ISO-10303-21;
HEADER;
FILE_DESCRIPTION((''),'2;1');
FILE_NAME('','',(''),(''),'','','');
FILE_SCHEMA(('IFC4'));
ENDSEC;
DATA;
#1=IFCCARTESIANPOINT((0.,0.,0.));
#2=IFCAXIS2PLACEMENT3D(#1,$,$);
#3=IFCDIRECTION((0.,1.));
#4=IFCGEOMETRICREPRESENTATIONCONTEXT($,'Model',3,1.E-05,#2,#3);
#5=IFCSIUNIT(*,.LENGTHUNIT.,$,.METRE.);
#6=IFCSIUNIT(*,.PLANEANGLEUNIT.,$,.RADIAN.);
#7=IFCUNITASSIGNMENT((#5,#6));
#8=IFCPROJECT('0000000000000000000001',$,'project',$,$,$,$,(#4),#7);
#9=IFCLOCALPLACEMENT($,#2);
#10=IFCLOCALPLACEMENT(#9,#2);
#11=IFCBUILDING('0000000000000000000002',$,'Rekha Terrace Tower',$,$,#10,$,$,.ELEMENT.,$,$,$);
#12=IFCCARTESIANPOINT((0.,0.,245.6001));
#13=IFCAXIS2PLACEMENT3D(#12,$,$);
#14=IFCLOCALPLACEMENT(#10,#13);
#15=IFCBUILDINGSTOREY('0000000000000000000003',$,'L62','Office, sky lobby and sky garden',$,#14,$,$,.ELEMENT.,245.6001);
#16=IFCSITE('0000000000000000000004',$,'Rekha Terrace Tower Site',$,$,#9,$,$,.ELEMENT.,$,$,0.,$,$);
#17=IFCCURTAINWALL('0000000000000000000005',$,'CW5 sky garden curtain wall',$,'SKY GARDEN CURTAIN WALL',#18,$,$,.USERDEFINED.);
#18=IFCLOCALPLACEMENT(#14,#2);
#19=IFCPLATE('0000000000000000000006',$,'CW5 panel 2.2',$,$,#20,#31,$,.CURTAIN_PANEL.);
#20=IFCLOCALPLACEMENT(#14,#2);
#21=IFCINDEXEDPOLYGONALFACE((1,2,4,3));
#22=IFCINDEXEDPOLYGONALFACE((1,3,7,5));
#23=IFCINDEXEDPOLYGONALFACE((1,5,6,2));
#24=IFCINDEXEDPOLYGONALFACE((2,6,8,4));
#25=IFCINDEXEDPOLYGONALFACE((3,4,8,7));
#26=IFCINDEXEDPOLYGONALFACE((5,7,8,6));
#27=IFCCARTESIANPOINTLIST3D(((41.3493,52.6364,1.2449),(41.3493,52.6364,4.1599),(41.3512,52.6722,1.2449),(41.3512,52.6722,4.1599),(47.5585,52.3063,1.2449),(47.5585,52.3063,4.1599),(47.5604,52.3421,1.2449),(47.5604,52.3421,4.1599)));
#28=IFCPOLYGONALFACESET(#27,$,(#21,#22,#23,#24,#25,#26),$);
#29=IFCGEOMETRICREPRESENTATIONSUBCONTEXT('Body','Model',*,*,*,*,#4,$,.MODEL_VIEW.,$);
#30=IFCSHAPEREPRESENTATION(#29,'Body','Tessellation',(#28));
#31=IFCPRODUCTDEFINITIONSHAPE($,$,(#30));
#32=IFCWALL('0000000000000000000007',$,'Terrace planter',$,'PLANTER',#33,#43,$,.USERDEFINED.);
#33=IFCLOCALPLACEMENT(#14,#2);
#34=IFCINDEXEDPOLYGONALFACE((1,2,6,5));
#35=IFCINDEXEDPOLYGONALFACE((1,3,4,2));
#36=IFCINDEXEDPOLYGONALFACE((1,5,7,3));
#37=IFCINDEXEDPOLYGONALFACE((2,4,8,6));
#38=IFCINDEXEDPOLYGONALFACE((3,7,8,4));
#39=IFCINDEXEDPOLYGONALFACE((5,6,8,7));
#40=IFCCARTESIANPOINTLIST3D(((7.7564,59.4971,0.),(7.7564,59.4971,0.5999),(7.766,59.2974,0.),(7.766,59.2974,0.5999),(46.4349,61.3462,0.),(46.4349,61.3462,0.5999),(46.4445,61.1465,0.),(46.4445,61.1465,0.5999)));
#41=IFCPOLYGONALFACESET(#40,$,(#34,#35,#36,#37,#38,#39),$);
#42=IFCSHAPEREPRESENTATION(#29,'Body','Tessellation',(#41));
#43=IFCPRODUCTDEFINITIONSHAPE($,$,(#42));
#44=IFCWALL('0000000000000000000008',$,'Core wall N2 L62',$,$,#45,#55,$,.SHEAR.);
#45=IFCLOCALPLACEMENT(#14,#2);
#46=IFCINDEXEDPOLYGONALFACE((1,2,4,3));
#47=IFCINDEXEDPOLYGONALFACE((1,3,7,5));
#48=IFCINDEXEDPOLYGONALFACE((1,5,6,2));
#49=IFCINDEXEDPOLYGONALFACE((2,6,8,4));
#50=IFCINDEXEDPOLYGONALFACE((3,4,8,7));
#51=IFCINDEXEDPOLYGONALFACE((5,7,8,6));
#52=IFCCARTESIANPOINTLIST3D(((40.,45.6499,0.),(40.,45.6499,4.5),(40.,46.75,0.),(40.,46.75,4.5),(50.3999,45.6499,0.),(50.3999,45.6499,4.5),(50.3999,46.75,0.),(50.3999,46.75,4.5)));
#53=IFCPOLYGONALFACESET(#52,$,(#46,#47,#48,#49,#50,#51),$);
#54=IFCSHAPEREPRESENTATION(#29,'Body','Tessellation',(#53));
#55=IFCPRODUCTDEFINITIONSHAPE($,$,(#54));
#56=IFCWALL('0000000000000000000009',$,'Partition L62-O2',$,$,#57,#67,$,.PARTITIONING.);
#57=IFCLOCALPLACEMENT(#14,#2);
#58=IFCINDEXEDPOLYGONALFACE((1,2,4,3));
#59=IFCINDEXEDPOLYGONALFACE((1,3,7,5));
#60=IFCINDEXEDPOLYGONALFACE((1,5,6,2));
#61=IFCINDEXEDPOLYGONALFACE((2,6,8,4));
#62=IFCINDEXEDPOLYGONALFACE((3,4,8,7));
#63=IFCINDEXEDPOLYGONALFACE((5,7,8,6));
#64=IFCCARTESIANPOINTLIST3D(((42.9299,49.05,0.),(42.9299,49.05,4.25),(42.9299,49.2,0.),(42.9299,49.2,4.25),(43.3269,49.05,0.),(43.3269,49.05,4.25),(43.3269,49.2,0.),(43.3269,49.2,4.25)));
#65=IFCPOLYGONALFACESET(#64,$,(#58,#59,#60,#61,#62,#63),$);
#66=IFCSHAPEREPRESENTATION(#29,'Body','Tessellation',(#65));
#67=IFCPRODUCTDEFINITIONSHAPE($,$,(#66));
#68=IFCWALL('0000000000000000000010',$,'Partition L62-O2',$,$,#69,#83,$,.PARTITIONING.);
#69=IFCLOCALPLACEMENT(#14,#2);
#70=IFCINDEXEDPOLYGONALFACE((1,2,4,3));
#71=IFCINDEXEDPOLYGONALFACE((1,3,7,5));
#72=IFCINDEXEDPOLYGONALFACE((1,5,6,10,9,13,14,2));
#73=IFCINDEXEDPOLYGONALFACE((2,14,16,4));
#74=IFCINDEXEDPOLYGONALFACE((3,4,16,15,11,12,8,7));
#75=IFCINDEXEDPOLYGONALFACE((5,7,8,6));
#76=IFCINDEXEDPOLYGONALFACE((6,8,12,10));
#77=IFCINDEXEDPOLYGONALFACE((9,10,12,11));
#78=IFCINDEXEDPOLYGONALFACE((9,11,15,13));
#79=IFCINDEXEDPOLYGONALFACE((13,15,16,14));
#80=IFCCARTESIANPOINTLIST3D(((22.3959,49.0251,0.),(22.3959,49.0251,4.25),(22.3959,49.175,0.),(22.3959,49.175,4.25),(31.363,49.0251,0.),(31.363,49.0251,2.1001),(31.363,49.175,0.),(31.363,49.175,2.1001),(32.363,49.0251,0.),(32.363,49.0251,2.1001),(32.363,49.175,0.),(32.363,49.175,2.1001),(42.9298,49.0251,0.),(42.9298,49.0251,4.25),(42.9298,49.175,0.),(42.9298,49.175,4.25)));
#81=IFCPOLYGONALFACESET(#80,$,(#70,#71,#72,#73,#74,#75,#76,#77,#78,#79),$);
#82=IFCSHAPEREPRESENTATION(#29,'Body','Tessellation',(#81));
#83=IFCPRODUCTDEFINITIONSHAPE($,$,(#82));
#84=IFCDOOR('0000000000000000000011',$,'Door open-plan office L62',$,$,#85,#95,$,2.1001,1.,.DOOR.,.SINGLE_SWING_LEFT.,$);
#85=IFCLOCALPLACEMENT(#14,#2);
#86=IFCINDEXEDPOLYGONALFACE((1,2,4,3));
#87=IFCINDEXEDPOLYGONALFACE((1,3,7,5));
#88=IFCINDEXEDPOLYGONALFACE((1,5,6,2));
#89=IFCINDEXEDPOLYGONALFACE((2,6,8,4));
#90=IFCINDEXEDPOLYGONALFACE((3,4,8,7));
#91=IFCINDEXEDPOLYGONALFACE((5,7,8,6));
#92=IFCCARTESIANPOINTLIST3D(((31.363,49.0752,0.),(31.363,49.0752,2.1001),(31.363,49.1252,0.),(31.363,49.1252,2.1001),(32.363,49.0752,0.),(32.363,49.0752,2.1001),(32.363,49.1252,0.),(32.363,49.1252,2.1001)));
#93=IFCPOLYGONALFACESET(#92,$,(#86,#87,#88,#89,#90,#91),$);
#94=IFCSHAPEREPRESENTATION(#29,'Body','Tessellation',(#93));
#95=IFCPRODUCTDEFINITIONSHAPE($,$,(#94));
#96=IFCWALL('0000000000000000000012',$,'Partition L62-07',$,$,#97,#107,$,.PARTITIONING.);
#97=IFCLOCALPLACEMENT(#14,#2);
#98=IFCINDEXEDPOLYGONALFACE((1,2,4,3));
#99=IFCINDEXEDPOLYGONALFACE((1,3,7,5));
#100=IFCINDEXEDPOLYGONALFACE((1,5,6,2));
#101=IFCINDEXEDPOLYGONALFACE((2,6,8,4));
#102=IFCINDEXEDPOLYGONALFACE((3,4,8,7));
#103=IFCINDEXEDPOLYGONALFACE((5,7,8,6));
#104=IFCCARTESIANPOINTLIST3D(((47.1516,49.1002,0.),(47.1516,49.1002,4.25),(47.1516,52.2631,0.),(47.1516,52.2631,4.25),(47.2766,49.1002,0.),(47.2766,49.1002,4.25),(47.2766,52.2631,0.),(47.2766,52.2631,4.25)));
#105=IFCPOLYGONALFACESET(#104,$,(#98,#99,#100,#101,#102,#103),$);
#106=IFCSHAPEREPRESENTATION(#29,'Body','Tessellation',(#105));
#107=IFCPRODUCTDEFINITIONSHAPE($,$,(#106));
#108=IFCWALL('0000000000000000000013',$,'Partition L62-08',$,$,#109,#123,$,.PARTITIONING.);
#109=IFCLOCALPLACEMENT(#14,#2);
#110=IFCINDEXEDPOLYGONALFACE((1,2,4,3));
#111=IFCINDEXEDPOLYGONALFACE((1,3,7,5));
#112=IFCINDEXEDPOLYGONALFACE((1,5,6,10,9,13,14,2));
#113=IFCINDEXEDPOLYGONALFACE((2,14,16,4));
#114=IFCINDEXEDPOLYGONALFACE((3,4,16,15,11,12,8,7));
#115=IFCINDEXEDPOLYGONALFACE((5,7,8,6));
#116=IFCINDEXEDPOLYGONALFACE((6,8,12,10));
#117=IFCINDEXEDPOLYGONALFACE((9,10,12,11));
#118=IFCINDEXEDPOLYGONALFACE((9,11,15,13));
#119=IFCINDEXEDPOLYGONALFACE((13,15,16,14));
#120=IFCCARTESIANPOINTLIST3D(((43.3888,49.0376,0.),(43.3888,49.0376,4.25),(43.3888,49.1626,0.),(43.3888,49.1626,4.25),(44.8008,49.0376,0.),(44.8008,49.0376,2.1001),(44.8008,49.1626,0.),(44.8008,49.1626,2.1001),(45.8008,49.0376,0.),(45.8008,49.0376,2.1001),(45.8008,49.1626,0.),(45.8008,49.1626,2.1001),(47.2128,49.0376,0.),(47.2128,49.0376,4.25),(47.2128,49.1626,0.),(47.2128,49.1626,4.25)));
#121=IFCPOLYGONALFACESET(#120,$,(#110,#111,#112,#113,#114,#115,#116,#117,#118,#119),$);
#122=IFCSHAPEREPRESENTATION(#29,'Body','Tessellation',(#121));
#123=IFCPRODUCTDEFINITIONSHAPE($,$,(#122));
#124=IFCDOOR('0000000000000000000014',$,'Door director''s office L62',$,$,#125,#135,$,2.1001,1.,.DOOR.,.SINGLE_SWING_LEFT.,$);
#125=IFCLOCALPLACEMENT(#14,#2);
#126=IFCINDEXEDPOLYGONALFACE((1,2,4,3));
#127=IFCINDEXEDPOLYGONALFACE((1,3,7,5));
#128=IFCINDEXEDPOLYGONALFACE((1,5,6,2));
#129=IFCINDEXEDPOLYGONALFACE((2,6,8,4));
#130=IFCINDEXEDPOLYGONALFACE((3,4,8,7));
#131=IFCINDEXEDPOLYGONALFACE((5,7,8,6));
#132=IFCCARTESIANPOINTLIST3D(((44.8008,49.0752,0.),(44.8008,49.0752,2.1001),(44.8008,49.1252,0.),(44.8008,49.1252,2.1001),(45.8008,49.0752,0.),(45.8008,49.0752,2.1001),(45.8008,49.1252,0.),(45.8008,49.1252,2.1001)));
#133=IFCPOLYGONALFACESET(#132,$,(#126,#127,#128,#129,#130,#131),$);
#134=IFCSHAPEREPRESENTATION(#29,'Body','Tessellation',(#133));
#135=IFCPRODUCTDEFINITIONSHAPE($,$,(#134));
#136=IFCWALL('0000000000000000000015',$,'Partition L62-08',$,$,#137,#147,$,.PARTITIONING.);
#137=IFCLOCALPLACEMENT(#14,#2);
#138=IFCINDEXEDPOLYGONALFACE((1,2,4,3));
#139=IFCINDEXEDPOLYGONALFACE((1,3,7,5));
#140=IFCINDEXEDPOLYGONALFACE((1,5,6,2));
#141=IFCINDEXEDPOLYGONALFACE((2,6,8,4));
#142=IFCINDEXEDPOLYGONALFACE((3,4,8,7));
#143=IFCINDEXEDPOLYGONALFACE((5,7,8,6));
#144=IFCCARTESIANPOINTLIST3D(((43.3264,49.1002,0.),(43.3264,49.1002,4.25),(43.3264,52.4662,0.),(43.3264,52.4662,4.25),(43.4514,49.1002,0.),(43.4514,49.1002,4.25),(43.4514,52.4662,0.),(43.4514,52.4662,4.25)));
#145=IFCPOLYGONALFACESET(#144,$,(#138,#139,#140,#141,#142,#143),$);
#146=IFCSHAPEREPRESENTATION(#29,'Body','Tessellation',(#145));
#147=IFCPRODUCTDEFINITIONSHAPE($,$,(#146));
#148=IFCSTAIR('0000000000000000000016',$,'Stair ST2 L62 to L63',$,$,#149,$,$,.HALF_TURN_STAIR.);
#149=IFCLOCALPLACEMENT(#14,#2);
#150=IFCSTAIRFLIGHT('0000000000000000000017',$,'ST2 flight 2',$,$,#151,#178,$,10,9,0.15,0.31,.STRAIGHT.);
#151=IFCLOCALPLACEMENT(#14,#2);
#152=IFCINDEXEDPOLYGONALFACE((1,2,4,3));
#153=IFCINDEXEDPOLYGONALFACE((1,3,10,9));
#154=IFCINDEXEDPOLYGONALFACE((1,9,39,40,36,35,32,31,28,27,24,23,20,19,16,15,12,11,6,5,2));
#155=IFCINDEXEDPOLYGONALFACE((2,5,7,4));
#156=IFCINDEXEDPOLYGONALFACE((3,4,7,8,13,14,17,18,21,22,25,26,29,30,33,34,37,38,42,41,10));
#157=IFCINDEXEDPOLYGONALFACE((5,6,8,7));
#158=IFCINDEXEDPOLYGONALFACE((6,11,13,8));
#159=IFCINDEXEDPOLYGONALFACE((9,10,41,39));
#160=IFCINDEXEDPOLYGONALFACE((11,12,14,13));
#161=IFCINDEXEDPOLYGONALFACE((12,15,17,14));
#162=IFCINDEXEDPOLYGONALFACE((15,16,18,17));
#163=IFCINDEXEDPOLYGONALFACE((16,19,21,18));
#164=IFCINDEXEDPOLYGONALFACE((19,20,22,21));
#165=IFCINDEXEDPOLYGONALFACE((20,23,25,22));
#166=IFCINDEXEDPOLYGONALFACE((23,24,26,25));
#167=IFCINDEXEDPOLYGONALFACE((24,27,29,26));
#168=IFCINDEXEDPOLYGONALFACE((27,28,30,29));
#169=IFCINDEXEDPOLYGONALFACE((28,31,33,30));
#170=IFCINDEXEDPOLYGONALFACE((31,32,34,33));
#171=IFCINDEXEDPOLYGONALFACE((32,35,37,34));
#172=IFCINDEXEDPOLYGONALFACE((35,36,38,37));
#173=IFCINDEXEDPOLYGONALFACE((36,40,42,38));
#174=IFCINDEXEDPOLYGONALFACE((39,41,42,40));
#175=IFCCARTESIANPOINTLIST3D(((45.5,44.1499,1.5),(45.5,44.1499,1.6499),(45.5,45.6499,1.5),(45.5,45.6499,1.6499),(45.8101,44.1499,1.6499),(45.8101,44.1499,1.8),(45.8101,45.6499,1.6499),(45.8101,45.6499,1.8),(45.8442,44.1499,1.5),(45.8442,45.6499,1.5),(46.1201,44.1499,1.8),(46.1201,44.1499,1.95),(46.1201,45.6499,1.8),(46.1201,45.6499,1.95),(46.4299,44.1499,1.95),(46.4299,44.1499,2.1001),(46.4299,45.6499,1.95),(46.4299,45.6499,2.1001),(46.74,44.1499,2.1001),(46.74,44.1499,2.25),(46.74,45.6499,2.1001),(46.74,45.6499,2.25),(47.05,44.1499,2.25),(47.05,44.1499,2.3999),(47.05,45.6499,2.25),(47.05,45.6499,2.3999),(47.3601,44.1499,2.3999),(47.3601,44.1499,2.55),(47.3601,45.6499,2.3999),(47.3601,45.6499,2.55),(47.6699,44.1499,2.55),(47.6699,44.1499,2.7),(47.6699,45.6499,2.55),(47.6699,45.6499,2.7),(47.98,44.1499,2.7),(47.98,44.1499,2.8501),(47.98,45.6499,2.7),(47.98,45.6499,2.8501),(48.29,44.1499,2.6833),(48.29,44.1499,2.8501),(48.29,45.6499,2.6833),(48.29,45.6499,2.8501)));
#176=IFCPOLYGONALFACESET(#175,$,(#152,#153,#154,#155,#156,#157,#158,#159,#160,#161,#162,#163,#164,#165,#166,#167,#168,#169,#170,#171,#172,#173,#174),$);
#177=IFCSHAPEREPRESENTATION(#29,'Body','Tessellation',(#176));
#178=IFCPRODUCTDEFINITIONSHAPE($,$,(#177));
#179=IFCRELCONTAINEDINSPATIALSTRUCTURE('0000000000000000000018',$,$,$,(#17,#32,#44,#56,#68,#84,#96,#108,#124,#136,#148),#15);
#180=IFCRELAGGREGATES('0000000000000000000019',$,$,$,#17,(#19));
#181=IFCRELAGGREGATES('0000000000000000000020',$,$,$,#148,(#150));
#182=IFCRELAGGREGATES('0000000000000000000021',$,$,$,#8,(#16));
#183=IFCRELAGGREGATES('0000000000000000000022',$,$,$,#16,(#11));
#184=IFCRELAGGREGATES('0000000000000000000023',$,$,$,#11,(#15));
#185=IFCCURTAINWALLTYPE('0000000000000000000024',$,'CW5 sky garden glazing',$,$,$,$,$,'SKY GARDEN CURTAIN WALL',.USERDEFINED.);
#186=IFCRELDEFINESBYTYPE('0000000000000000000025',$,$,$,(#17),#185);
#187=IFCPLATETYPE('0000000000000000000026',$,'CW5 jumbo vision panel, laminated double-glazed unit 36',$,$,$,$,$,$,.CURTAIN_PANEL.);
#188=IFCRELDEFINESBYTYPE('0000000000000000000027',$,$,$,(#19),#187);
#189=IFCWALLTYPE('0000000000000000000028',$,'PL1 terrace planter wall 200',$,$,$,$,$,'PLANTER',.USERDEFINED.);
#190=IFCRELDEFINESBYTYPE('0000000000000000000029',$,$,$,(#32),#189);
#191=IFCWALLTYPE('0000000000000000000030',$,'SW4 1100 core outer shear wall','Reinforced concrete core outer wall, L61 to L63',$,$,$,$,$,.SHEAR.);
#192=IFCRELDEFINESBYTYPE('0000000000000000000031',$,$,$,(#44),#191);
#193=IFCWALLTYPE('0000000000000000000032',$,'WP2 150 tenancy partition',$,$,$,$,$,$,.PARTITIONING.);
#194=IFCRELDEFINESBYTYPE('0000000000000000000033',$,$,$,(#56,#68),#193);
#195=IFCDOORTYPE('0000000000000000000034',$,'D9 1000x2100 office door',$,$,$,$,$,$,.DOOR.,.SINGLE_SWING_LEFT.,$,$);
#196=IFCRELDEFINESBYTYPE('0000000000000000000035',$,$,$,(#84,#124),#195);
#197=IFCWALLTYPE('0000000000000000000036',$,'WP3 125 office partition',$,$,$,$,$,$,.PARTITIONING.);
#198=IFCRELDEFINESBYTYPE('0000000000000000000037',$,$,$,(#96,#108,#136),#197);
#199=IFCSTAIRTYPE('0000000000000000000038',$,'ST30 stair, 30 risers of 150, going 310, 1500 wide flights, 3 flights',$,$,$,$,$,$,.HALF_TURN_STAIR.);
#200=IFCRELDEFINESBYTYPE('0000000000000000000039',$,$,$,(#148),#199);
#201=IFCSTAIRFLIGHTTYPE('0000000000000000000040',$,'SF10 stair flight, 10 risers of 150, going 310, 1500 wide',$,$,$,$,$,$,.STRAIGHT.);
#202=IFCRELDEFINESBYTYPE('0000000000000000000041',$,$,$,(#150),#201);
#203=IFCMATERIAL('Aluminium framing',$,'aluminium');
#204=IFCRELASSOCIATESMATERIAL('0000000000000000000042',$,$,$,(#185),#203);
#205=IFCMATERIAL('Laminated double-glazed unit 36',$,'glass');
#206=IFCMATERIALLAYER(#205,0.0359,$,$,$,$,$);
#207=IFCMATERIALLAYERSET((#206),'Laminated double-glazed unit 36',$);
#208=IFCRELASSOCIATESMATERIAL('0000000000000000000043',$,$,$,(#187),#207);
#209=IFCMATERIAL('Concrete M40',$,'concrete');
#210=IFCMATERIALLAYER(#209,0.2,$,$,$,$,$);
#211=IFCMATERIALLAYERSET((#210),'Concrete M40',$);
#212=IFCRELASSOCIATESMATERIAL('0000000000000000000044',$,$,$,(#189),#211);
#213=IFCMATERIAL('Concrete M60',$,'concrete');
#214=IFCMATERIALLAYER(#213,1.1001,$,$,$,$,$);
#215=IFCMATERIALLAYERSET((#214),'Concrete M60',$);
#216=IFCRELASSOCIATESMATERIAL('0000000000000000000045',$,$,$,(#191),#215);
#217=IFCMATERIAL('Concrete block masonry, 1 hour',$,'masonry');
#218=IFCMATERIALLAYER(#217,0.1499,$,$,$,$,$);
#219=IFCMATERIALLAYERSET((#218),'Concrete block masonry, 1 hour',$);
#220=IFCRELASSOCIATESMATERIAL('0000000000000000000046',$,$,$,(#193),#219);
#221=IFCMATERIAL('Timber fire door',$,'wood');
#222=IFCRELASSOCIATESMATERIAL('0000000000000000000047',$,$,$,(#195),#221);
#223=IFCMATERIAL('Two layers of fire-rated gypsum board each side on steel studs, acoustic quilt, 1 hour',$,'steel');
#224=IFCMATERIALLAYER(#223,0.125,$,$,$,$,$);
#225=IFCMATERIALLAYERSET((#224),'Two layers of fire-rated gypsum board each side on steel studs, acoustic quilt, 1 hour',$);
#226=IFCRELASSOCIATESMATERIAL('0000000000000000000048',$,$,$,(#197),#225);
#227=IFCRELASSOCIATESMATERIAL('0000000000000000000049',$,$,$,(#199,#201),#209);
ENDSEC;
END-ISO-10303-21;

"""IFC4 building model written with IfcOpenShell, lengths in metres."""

from ifc_helpers import new_model, si_unit, direction, frame, frame_2d, origin, origin_2d, place, context, subcontext, project, spatial, polyline, rectangle, outline, extrude, material, layer, layer_set, type_object, element, fill, aggregate, save


model = new_model("IFC4")

# Units and contexts
model_context = context("Model", 3, precision=1e-05, world=origin(), true_north=direction((0.0, 1.0)))
body_context = subcontext(model_context, "Body", "Model", "MODEL_VIEW")
ifc_project = project(units=[si_unit("LENGTHUNIT", "METRE"), si_unit("PLANEANGLEUNIT", "RADIAN")], contexts=[model_context])

# Site, building, storey
site_placement = place(None, origin())
site = spatial("IfcSite", under=ifc_project, at=site_placement, Name="Rekha Terrace Tower Site", CompositionType="ELEMENT", RefElevation=0.0)
building_placement = place(site_placement, origin())
building = spatial("IfcBuilding", under=site, at=building_placement, Name="Rekha Terrace Tower", CompositionType="ELEMENT")
storey_placement = place(building_placement, frame((0.0, 0.0, 245.6001)))
storey = spatial("IfcBuildingStorey", under=building, at=storey_placement, Name="L62", Description="Office, sky lobby and sky garden", CompositionType="ELEMENT", Elevation=245.6001)

# Shared definitions
ifc_material_1 = material(Name="Concrete M60", Category="concrete")

# Curtain wall
ifc_material_2 = material(Name="Aluminium framing", Category="aluminium")
curtain_wall_type = type_object("IfcCurtainWallType", Name="CW5 sky garden glazing", ElementType="SKY GARDEN CURTAIN WALL", PredefinedType="USERDEFINED", material=ifc_material_2)
curtain_wall_1_placement = place(storey_placement, origin())
curtain_wall_1 = element("IfcCurtainWall", 1, at=curtain_wall_1_placement, inside=storey, type_object=curtain_wall_type, Name="CW5 sky garden curtain wall", ObjectType="SKY GARDEN CURTAIN WALL", PredefinedType="USERDEFINED")

# Plate
ifc_material_3 = material(Name="Laminated double-glazed unit 36", Category="glass")
ifc_layer_1 = layer(ifc_material_3, 0.0359)
ifc_layer_set_1 = layer_set([ifc_layer_1], Name="Laminated double-glazed unit 36")
plate_type = type_object("IfcPlateType", Name="CW5 jumbo vision panel, laminated double-glazed unit 36", PredefinedType="CURTAIN_PANEL", material=ifc_layer_set_1)
plate_1_placement = place(storey_placement, frame((44.4548, 52.4893, 1.2449), z_axis=(0.0, 0.0, 1.0), x_axis=(-0.99859, 0.053083, 0.0)))
plate_1 = element("IfcPlate", 2, at=plate_1_placement, type_object=plate_type, Name="CW5 panel 2.2", PredefinedType="CURTAIN_PANEL", context=body_context, shape_type="SweptSolid", body=[
    extrude(rectangle(XDim=6.218, YDim=0.0359, at=origin_2d()), origin(), (0.0, 0.0, 1.0), 2.915),
])
aggregate(curtain_wall_1, [plate_1])

# Walls
ifc_material_4 = material(Name="Concrete M40", Category="concrete")
ifc_layer_2 = layer(ifc_material_4, 0.2)
ifc_layer_set_2 = layer_set([ifc_layer_2], Name="Concrete M40")
wall_type_1 = type_object("IfcWallType", Name="PL1 terrace planter wall 200", ElementType="PLANTER", PredefinedType="USERDEFINED", material=ifc_layer_set_2)
wall_1_placement = place(storey_placement, frame((46.4397, 61.2463, 0.0), z_axis=(0.0, 0.0, 1.0), x_axis=(-0.998859, -0.047753, 0.0)))
element("IfcWall", 3, at=wall_1_placement, inside=storey, type_object=wall_type_1, Name="Terrace planter", ObjectType="PLANTER", PredefinedType="USERDEFINED", context=body_context, shape_type="SweptSolid", body=[
    extrude(rectangle(XDim=38.7227, YDim=0.2, at=frame_2d((19.3613, 0.0))), origin(), (0.0, 0.0, 1.0), 0.5999),
])
ifc_layer_3 = layer(ifc_material_1, 1.1001)
ifc_layer_set_3 = layer_set([ifc_layer_3], Name="Concrete M60")
wall_type_2 = type_object("IfcWallType", Name="SW4 1100 core outer shear wall", Description="Reinforced concrete core outer wall, L61 to L63", PredefinedType="SHEAR", material=ifc_layer_set_3)
wall_2_placement = place(storey_placement, frame((40.0, 46.2, 0.0), z_axis=(0.0, 0.0, 1.0), x_axis=(1.0, 0.0, 0.0)))
element("IfcWall", 4, at=wall_2_placement, inside=storey, type_object=wall_type_2, Name="Core wall N2 L62", PredefinedType="SHEAR", context=body_context, shape_type="SweptSolid", body=[
    extrude(rectangle(XDim=10.3999, YDim=1.1001, at=frame_2d((5.2, 0.0))), origin(), (0.0, 0.0, 1.0), 4.5),
])
ifc_material_5 = material(Name="Concrete block masonry, 1 hour", Category="masonry")
ifc_layer_4 = layer(ifc_material_5, 0.1499)
ifc_layer_set_4 = layer_set([ifc_layer_4], Name="Concrete block masonry, 1 hour")
wall_type_3 = type_object("IfcWallType", Name="WP2 150 tenancy partition", PredefinedType="PARTITIONING", material=ifc_layer_set_4)
wall_3_placement = place(storey_placement, frame((43.3269, 49.125, 0.0), z_axis=(0.0, 0.0, 1.0), x_axis=(-1.0, 0.0, 0.0)))
element("IfcWall", 5, at=wall_3_placement, inside=storey, type_object=wall_type_3, Name="Partition L62-O2", PredefinedType="PARTITIONING", context=body_context, shape_type="SweptSolid", body=[
    extrude(rectangle(XDim=0.397, YDim=0.1499, at=frame_2d((0.1985, 0.0))), origin(), (0.0, 0.0, 1.0), 4.25),
])

# Wall, opening, door
wall_4_placement = place(storey_placement, frame((42.9299, 49.1001, 0.0), z_axis=(0.0, 0.0, 1.0), x_axis=(-1.0, 0.0, 0.0)))
wall_4 = element("IfcWall", 6, at=wall_4_placement, inside=storey, type_object=wall_type_3, Name="Partition L62-O2", PredefinedType="PARTITIONING", context=body_context, shape_type="SweptSolid", body=[
    extrude(rectangle(XDim=20.5339, YDim=0.1499, at=frame_2d((10.2671, 0.0))), origin(), (0.0, 0.0, 1.0), 4.25),
])
opening_1_placement = place(wall_4_placement, frame((10.5669, 0.0, 0.0)))
opening_1 = element("IfcOpeningElement", 7, at=opening_1_placement, cuts=wall_4, PredefinedType="OPENING", context=body_context, shape_type="SweptSolid", body=[
    extrude(rectangle(XDim=1.0, YDim=2.1001, at=frame_2d((0.5, 1.05))), frame((0.0, 0.085, 0.0), z_axis=(0.0, -1.0, 0.0), x_axis=(1.0, 0.0, 0.0)), (0.0, 0.0, 1.0), 0.1699),
])
ifc_material_6 = material(Name="Timber fire door", Category="wood")
door_type_1 = type_object("IfcDoorType", Name="D9 1000x2100 office door", OperationType="SINGLE_SWING_LEFT", PredefinedType="DOOR", material=ifc_material_6)
door_1_placement = place(opening_1_placement, origin())
door_1 = element("IfcDoor", 8, at=door_1_placement, inside=storey, type_object=door_type_1, Name="Door open-plan office L62", OperationType="SINGLE_SWING_LEFT", OverallHeight=2.1001, OverallWidth=1.0, PredefinedType="DOOR", context=body_context, shape_type="SweptSolid", body=[
    extrude(rectangle(XDim=1.0, YDim=2.1001, at=frame_2d((0.5, 1.05))), frame((0.0, 0.0249, 0.0), z_axis=(0.0, -1.0, 0.0), x_axis=(1.0, 0.0, 0.0)), (0.0, 0.0, 1.0), 0.05),
])
fill(opening_1, door_1)

# Wall
ifc_material_7 = material(Name="Two layers of fire-rated gypsum board each side on steel studs, acoustic quilt, 1 hour", Category="steel")
ifc_layer_5 = layer(ifc_material_7, 0.125)
ifc_layer_set_5 = layer_set([ifc_layer_5], Name="Two layers of fire-rated gypsum board each side on steel studs, acoustic quilt, 1 hour")
wall_type_4 = type_object("IfcWallType", Name="WP3 125 office partition", PredefinedType="PARTITIONING", material=ifc_layer_set_5)
wall_5_placement = place(storey_placement, frame((47.2141, 49.1001, 0.0), z_axis=(0.0, 0.0, 1.0), x_axis=(0.0, 1.0, 0.0)))
element("IfcWall", 9, at=wall_5_placement, inside=storey, type_object=wall_type_4, Name="Partition L62-07", PredefinedType="PARTITIONING", context=body_context, shape_type="SweptSolid", body=[
    extrude(rectangle(XDim=3.1628, YDim=0.125, at=frame_2d((1.5815, 0.0))), origin(), (0.0, 0.0, 1.0), 4.25),
])

# Wall, opening, door
wall_6_placement = place(storey_placement, frame((47.2129, 49.1001, 0.0), z_axis=(0.0, 0.0, 1.0), x_axis=(-1.0, 0.0, 0.0)))
wall_6 = element("IfcWall", 10, at=wall_6_placement, inside=storey, type_object=wall_type_4, Name="Partition L62-08", PredefinedType="PARTITIONING", context=body_context, shape_type="SweptSolid", body=[
    extrude(rectangle(XDim=3.824, YDim=0.125, at=frame_2d((1.9121, 0.0))), origin(), (0.0, 0.0, 1.0), 4.25),
])
opening_2_placement = place(wall_6_placement, frame((1.4121, 0.0, 0.0)))
opening_2 = element("IfcOpeningElement", 11, at=opening_2_placement, cuts=wall_6, PredefinedType="OPENING", context=body_context, shape_type="SweptSolid", body=[
    extrude(rectangle(XDim=1.0, YDim=2.1001, at=frame_2d((0.5, 1.05))), frame((0.0, 0.0725, 0.0), z_axis=(0.0, -1.0, 0.0), x_axis=(1.0, 0.0, 0.0)), (0.0, 0.0, 1.0), 0.145),
])
door_2_placement = place(opening_2_placement, origin())
door_2 = element("IfcDoor", 12, at=door_2_placement, inside=storey, type_object=door_type_1, Name="Door director's office L62", OperationType="SINGLE_SWING_LEFT", OverallHeight=2.1001, OverallWidth=1.0, PredefinedType="DOOR", context=body_context, shape_type="SweptSolid", body=[
    extrude(rectangle(XDim=1.0, YDim=2.1001, at=frame_2d((0.5, 1.05))), frame((0.0, 0.0249, 0.0), z_axis=(0.0, -1.0, 0.0), x_axis=(1.0, 0.0, 0.0)), (0.0, 0.0, 1.0), 0.05),
])
fill(opening_2, door_2)

# Wall
wall_7_placement = place(storey_placement, frame((43.3889, 49.1001, 0.0), z_axis=(0.0, 0.0, 1.0), x_axis=(0.0, 1.0, 0.0)))
element("IfcWall", 13, at=wall_7_placement, inside=storey, type_object=wall_type_4, Name="Partition L62-08", PredefinedType="PARTITIONING", context=body_context, shape_type="SweptSolid", body=[
    extrude(rectangle(XDim=3.366, YDim=0.125, at=frame_2d((1.6831, 0.0))), origin(), (0.0, 0.0, 1.0), 4.25),
])

# Stair, stair flight
stair_type = type_object("IfcStairType", Name="ST30 stair, 30 risers of 150, going 310, 1500 wide flights, 3 flights", PredefinedType="HALF_TURN_STAIR", material=ifc_material_4)
stair_placement = place(storey_placement, origin())
stair = element("IfcStair", 14, at=stair_placement, inside=storey, type_object=stair_type, Name="Stair ST2 L62 to L63", PredefinedType="HALF_TURN_STAIR")
stair_flight_type = type_object("IfcStairFlightType", Name="SF10 stair flight, 10 risers of 150, going 310, 1500 wide", PredefinedType="STRAIGHT", material=ifc_material_4)
stair_flight_placement = place(storey_placement, frame((45.5, 44.8999, 1.5), z_axis=(0.0, 0.0, 1.0), x_axis=(1.0, 0.0, 0.0)))
stair_flight = element("IfcStairFlight", 15, at=stair_flight_placement, type_object=stair_flight_type, Name="ST2 flight 2", NumberOfRisers=10, NumberOfTreads=9, PredefinedType="STRAIGHT", RiserHeight=0.15, TreadLength=0.31, context=body_context, shape_type="SweptSolid", body=[
    extrude(outline(polyline([(0.0, 0.0), (0.0, 0.1499), (0.3101, 0.1499), (0.3101, 0.3), (0.6201, 0.3), (0.6201, 0.45), (0.9299, 0.45), (0.9299, 0.6001), (1.24, 0.6001), (1.24, 0.75), (1.55, 0.75), (1.55, 0.8999), (1.8601, 0.8999), (1.8601, 1.05), (2.1699, 1.05), (2.1699, 1.2), (2.48, 1.2), (2.48, 1.3501), (2.79, 1.3501), (2.79, 1.5), (2.79, 1.1833), (0.3442, 0.0), (0.0, 0.0)])), frame((0.0, 0.75, 0.0), z_axis=(0.0, -1.0, 0.0), x_axis=(1.0, 0.0, 0.0)), (0.0, 0.0, 1.0), 1.5),
])
aggregate(stair, [stair_flight])

save(model, "model.ifc")
